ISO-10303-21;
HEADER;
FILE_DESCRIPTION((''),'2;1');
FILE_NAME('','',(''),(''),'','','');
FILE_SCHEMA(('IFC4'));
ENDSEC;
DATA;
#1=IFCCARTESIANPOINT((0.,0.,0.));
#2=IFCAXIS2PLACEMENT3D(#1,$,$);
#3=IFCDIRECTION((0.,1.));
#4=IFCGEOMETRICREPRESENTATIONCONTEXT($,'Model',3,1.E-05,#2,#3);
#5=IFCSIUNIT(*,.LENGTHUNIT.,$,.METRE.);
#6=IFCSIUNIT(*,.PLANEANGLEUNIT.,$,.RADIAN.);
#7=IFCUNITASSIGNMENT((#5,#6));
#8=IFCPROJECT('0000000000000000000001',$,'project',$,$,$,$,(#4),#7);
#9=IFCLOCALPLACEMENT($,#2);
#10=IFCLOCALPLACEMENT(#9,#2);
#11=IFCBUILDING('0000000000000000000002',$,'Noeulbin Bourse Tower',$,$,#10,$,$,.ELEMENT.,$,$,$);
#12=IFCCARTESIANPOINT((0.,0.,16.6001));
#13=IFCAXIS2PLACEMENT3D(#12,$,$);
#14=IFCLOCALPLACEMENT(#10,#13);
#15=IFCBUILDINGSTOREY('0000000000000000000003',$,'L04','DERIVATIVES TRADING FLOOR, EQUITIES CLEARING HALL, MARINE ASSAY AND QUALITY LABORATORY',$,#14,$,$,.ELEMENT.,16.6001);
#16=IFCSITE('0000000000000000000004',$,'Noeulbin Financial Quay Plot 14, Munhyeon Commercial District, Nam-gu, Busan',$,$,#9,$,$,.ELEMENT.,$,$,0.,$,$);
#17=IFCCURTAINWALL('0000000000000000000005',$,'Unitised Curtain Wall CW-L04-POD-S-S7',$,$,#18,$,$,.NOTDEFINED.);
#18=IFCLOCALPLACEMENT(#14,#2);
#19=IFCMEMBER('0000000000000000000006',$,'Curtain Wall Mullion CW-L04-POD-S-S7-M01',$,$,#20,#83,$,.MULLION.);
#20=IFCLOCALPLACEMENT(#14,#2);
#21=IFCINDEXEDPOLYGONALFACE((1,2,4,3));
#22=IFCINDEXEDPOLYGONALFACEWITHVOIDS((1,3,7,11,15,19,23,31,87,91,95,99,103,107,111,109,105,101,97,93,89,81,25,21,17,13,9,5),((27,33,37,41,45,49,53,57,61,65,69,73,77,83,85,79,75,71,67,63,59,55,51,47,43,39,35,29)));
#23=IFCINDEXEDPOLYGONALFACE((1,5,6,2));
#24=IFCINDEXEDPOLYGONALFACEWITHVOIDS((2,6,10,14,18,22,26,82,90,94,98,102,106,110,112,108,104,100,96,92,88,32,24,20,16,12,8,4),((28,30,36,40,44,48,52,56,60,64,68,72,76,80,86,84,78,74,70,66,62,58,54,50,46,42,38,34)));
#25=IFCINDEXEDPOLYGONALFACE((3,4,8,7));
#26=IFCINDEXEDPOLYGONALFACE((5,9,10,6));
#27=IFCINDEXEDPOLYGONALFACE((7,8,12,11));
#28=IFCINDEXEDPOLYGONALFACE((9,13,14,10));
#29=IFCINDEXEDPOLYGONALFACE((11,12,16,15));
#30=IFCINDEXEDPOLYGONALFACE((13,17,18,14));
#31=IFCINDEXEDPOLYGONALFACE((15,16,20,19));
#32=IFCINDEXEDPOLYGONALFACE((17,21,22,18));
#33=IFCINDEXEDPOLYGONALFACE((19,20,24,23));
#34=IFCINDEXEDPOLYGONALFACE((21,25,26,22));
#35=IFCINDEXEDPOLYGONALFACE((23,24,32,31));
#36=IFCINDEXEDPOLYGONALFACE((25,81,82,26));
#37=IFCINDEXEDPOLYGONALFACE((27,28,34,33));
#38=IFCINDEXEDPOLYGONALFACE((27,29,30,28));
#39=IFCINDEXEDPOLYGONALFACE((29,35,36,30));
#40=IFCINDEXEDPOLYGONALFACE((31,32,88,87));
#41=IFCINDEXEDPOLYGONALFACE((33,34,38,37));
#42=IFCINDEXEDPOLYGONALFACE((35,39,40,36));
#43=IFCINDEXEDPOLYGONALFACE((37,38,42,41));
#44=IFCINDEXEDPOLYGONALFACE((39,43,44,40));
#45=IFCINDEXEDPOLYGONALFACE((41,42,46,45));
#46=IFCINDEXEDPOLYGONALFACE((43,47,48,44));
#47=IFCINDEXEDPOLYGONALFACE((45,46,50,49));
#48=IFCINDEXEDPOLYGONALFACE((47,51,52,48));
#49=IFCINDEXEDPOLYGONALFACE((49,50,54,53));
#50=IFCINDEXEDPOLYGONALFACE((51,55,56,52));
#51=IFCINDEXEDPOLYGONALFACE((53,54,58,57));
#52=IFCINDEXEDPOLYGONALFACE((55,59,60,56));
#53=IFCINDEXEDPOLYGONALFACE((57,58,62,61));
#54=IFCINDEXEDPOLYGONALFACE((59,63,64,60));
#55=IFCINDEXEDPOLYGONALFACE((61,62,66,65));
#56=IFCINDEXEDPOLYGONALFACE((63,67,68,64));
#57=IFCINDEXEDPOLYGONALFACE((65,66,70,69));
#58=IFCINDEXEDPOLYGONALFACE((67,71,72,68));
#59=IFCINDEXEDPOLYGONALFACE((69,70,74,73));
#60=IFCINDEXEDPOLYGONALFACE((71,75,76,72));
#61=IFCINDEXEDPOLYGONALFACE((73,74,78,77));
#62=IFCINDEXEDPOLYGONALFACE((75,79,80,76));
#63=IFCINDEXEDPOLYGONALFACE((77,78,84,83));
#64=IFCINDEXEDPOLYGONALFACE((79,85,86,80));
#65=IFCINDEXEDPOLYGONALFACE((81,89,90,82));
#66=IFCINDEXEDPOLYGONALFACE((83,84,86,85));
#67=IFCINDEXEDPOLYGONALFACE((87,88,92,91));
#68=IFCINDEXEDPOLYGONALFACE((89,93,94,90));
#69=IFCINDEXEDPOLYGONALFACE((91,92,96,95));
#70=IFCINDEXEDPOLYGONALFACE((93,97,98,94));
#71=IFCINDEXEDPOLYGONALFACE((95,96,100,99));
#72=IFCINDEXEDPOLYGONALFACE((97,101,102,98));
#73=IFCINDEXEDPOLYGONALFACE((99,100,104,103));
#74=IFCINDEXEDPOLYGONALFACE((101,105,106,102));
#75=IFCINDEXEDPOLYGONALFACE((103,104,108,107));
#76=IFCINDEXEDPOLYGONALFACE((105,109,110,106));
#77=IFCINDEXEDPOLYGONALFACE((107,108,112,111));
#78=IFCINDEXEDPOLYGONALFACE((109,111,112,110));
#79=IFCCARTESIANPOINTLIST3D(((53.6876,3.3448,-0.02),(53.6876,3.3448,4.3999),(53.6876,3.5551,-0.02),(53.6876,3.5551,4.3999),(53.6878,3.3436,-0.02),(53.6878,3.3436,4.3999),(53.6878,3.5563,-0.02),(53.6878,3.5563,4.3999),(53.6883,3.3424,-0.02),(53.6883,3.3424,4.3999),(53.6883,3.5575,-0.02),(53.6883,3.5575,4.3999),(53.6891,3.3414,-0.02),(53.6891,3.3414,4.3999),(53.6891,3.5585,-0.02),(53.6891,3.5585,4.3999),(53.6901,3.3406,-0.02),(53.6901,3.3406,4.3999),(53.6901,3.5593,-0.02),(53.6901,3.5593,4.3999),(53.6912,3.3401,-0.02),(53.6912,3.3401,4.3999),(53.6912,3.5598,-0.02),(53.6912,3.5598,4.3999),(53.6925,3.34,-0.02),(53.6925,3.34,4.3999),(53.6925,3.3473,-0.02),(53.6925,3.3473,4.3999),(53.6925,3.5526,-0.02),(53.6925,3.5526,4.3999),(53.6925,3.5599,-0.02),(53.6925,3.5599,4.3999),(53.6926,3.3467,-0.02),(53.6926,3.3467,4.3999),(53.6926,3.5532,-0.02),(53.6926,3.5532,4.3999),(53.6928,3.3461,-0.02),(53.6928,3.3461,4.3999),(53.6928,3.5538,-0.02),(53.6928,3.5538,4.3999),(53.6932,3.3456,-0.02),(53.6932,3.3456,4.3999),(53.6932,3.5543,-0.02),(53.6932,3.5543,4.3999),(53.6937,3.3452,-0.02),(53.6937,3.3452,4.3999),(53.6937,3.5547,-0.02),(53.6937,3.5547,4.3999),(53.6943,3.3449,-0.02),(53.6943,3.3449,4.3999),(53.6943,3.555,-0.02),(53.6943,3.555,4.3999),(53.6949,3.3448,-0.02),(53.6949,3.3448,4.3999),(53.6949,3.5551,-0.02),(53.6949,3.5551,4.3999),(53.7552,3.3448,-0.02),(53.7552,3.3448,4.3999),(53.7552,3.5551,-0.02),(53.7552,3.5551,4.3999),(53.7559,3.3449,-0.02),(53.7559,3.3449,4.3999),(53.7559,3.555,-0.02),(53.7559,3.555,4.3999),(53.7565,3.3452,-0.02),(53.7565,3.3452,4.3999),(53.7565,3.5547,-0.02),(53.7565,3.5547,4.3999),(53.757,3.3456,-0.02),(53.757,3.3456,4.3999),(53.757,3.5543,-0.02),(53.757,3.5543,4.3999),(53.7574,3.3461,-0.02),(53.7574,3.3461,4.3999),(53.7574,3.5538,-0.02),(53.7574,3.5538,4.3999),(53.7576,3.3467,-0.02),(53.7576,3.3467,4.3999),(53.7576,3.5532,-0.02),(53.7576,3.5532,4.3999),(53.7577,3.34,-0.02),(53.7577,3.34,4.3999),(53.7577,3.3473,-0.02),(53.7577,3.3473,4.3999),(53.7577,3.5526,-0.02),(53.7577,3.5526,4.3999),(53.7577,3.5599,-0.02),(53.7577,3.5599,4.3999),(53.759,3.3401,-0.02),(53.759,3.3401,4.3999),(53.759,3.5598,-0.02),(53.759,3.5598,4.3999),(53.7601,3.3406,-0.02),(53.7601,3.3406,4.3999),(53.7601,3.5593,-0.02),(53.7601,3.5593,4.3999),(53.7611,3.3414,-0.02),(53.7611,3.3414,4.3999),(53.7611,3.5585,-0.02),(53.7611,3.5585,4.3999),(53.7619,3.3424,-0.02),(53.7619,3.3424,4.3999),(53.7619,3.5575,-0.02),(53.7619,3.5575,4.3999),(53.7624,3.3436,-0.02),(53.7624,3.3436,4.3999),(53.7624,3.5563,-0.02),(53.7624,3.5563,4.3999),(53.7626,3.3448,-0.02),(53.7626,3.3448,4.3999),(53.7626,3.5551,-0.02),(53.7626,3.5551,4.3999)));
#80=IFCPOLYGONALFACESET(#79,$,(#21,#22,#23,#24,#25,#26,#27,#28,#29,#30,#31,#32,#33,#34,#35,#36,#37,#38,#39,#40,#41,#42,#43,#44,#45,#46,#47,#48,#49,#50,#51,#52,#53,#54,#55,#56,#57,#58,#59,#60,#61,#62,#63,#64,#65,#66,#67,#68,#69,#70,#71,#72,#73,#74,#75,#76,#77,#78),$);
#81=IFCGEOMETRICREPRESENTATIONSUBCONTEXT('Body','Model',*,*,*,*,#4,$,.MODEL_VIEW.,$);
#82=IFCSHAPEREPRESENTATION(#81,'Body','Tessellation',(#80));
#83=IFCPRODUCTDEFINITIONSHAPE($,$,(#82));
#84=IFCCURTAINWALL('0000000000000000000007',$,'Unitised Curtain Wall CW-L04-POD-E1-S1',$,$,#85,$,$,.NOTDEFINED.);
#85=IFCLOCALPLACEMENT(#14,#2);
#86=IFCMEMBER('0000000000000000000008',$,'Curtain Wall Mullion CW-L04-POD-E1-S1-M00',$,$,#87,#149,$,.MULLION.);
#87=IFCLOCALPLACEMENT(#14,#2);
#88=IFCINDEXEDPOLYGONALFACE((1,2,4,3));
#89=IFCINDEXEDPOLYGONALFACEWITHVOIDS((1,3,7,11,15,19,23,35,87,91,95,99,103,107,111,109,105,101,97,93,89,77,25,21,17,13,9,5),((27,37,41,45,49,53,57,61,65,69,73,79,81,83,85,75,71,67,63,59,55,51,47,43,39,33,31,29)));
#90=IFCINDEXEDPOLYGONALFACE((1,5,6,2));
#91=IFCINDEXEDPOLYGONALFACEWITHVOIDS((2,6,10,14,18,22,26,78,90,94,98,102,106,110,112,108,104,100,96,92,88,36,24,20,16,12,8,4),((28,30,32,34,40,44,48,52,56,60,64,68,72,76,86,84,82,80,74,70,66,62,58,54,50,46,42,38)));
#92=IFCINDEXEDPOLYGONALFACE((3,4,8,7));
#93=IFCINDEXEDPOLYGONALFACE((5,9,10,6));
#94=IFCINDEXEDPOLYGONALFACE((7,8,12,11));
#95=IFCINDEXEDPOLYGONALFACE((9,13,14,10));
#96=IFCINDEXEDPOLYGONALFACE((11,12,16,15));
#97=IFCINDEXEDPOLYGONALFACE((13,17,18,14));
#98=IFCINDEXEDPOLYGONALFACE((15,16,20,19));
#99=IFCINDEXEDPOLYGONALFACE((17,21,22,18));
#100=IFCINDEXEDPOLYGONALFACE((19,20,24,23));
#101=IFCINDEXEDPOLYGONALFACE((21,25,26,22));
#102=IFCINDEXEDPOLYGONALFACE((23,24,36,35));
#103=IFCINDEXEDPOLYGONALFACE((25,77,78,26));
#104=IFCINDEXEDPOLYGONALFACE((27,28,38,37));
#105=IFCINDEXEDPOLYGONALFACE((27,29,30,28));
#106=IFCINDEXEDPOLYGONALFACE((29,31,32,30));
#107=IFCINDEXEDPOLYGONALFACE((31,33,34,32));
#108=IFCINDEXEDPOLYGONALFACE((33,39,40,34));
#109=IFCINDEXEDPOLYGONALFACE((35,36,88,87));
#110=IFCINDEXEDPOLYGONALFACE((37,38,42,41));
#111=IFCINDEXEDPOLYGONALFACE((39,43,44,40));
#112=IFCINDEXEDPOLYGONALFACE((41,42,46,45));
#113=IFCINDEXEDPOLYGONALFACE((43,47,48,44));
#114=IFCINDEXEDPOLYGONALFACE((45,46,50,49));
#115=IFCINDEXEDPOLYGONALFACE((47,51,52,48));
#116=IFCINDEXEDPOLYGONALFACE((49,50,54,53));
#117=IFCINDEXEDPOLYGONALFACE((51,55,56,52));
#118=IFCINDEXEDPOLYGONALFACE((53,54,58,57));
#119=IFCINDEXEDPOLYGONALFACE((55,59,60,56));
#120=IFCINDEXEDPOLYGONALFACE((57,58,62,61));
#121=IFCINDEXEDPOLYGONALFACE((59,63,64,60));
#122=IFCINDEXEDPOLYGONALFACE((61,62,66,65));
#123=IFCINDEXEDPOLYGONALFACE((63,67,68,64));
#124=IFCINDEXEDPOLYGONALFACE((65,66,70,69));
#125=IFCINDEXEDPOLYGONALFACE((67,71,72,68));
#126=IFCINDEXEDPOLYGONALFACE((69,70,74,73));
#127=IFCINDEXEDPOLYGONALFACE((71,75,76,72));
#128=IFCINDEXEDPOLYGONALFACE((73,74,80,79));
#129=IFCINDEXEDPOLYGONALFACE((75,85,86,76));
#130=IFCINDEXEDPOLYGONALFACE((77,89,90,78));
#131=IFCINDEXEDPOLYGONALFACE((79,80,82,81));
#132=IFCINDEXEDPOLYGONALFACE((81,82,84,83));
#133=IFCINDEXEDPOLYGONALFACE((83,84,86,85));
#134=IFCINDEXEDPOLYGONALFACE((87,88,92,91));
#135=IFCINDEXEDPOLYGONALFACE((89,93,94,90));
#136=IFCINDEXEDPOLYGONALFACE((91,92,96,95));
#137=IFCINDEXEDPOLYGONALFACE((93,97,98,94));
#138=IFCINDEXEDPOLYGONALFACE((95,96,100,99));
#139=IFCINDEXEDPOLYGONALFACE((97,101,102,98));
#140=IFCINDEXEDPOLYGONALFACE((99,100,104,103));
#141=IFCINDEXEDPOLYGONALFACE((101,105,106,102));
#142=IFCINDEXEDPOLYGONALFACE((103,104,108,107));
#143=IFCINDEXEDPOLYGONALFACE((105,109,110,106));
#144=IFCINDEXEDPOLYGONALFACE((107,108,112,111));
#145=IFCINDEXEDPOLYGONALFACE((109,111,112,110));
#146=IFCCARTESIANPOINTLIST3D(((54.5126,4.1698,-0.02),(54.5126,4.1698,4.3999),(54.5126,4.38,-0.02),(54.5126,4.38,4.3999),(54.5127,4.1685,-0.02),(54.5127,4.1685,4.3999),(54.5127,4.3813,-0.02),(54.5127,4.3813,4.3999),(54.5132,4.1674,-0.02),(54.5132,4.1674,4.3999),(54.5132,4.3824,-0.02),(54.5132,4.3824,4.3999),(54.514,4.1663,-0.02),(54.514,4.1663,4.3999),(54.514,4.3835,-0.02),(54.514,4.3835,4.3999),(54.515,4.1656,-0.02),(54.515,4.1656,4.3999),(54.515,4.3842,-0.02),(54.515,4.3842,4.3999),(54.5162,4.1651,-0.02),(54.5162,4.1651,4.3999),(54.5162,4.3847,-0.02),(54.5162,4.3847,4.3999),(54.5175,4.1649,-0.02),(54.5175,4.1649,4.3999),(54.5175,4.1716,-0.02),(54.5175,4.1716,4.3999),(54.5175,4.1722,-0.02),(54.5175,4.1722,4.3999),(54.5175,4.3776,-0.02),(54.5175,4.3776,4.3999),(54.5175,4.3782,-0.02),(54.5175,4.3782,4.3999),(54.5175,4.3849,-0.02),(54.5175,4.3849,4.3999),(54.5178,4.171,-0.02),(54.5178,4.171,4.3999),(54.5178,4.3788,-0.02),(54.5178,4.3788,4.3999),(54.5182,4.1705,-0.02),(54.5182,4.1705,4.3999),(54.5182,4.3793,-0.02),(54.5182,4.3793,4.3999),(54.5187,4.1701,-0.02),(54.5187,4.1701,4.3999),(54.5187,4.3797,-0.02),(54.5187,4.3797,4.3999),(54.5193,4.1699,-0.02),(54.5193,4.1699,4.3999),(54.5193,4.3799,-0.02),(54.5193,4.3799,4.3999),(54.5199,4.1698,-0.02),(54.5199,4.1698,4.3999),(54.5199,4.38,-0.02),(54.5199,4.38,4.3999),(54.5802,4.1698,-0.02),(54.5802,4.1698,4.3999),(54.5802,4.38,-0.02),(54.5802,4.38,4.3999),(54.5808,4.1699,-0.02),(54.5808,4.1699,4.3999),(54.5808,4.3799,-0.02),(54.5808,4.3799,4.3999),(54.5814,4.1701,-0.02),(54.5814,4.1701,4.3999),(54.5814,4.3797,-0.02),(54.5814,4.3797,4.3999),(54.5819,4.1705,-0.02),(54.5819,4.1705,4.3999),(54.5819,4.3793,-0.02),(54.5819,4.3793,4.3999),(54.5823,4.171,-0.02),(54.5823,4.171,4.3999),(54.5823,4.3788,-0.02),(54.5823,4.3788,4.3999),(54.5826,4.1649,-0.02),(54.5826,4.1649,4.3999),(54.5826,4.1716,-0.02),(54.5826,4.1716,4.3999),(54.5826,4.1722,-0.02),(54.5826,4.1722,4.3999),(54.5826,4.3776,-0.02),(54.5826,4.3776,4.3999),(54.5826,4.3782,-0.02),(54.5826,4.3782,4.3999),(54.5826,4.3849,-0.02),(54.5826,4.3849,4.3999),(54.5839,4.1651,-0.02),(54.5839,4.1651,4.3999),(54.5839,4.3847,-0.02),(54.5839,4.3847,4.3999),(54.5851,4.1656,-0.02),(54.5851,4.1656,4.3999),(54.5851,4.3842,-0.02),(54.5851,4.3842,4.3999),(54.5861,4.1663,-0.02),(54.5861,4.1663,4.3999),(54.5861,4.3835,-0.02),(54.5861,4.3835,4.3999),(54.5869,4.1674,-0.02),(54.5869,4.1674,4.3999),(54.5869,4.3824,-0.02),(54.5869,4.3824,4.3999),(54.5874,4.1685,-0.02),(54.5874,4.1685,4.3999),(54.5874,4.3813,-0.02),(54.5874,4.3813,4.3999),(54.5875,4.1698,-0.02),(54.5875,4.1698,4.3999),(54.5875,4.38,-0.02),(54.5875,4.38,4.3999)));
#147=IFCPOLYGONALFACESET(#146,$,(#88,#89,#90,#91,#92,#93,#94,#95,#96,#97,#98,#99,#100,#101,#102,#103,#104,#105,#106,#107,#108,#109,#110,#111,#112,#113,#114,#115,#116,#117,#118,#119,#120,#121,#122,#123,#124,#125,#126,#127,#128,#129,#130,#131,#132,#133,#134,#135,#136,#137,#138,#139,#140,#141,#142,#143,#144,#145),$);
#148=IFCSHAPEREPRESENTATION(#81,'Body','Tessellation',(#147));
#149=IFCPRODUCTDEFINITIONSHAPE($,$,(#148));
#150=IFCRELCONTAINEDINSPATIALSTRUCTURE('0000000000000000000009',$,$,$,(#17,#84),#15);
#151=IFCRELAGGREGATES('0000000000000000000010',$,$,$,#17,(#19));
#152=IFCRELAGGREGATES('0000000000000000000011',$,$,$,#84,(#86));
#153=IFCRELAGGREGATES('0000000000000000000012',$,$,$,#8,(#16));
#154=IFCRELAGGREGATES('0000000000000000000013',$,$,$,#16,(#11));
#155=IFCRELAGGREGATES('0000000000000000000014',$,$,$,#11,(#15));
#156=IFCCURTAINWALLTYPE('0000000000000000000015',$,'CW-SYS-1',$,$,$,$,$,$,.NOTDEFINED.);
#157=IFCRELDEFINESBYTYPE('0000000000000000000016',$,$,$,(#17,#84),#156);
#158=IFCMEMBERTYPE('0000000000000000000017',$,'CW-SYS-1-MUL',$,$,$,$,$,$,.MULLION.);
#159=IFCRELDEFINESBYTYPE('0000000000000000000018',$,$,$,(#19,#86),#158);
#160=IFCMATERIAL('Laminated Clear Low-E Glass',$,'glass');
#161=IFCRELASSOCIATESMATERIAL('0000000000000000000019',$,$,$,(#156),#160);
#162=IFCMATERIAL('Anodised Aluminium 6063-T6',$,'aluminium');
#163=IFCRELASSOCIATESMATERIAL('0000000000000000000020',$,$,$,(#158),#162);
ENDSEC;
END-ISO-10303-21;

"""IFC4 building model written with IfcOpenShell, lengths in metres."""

from ifc_helpers import new_model, si_unit, direction, frame, origin, origin_2d, place, context, subcontext, project, spatial, hollow_rectangle, extrude, material, material_profile, profile_set, type_object, element, aggregate, save


model = new_model("IFC4")

# Units and contexts
model_context = context("Model", 3, precision=1e-05, world=origin(), true_north=direction((0.0, 1.0)))
body_context = subcontext(model_context, "Body", "Model", "MODEL_VIEW")
ifc_project = project(units=[si_unit("LENGTHUNIT", "METRE"), si_unit("PLANEANGLEUNIT", "RADIAN")], contexts=[model_context])

# Site, building, storey
site_placement = place(None, origin())
site = spatial("IfcSite", under=ifc_project, at=site_placement, Name="Noeulbin Financial Quay Plot 14, Munhyeon Commercial District, Nam-gu, Busan", CompositionType="ELEMENT", RefElevation=0.0)
building_placement = place(site_placement, origin())
building = spatial("IfcBuilding", under=site, at=building_placement, Name="Noeulbin Bourse Tower", CompositionType="ELEMENT")
storey_placement = place(building_placement, frame((0.0, 0.0, 16.6001)))
storey = spatial("IfcBuildingStorey", under=building, at=storey_placement, Name="L04", Description="DERIVATIVES TRADING FLOOR, EQUITIES CLEARING HALL, MARINE ASSAY AND QUALITY LABORATORY", CompositionType="ELEMENT", Elevation=16.6001)

# Shared definitions
ifc_material_1 = material(Name="Laminated Clear Low-E Glass", Category="glass")
curtain_wall_type = type_object("IfcCurtainWallType", Name="CW-SYS-1", PredefinedType="NOTDEFINED", material=ifc_material_1)
ifc_material_2 = material(Name="Anodised Aluminium 6063-T6", Category="aluminium")
ifc_material_profile_1 = material_profile(ifc_material_2, hollow_rectangle(XDim=0.075, YDim=0.22, WallThickness=0.0049, InnerFilletRadius=0.0024, OuterFilletRadius=0.0049, at=origin_2d()), Name="ALU-MULL-75x220x5", Category="LoadBearing")
ifc_profile_set_1 = profile_set([ifc_material_profile_1], Name="Anodised Aluminium 6063-T6")
member_type_1 = type_object("IfcMemberType", Name="CW-SYS-1-MUL", PredefinedType="MULLION", material=ifc_profile_set_1)

# Curtain walls, members
curtain_wall_1_placement = place(storey_placement, origin())
curtain_wall_1 = element("IfcCurtainWall", 1, at=curtain_wall_1_placement, inside=storey, type_object=curtain_wall_type, Name="Unitised Curtain Wall CW-L04-POD-S-S7", PredefinedType="NOTDEFINED")
member_1_placement = place(storey_placement, frame((53.7251, 3.45, -0.02), z_axis=(0.0, 0.0, 1.0), x_axis=(1.0, 0.0, 0.0)))
member_1 = element("IfcMember", 2, at=member_1_placement, type_object=member_type_1, Name="Curtain Wall Mullion CW-L04-POD-S-S7-M01", PredefinedType="MULLION", context=body_context, shape_type="SweptSolid", body=[
    extrude(hollow_rectangle(XDim=0.075, YDim=0.22, WallThickness=0.0049, InnerFilletRadius=0.0024, OuterFilletRadius=0.0049, at=origin_2d()), origin(), (0.0, 0.0, 1.0), 4.4199),
])
curtain_wall_2_placement = place(storey_placement, origin())
curtain_wall_2 = element("IfcCurtainWall", 3, at=curtain_wall_2_placement, inside=storey, type_object=curtain_wall_type, Name="Unitised Curtain Wall CW-L04-POD-E1-S1", PredefinedType="NOTDEFINED")
member_2_placement = place(storey_placement, frame((54.55, 4.2749, -0.02), z_axis=(0.0, 0.0, 1.0), x_axis=(1.0, 0.0, 0.0)))
member_2 = element("IfcMember", 4, at=member_2_placement, type_object=member_type_1, Name="Curtain Wall Mullion CW-L04-POD-E1-S1-M00", PredefinedType="MULLION", context=body_context, shape_type="SweptSolid", body=[
    extrude(hollow_rectangle(XDim=0.075, YDim=0.22, WallThickness=0.0049, InnerFilletRadius=0.0024, OuterFilletRadius=0.0049, at=origin_2d()), origin(), (0.0, 0.0, 1.0), 4.4199),
])

aggregate(curtain_wall_1, [member_1])
aggregate(curtain_wall_2, [member_2])

save(model, "model.ifc")
